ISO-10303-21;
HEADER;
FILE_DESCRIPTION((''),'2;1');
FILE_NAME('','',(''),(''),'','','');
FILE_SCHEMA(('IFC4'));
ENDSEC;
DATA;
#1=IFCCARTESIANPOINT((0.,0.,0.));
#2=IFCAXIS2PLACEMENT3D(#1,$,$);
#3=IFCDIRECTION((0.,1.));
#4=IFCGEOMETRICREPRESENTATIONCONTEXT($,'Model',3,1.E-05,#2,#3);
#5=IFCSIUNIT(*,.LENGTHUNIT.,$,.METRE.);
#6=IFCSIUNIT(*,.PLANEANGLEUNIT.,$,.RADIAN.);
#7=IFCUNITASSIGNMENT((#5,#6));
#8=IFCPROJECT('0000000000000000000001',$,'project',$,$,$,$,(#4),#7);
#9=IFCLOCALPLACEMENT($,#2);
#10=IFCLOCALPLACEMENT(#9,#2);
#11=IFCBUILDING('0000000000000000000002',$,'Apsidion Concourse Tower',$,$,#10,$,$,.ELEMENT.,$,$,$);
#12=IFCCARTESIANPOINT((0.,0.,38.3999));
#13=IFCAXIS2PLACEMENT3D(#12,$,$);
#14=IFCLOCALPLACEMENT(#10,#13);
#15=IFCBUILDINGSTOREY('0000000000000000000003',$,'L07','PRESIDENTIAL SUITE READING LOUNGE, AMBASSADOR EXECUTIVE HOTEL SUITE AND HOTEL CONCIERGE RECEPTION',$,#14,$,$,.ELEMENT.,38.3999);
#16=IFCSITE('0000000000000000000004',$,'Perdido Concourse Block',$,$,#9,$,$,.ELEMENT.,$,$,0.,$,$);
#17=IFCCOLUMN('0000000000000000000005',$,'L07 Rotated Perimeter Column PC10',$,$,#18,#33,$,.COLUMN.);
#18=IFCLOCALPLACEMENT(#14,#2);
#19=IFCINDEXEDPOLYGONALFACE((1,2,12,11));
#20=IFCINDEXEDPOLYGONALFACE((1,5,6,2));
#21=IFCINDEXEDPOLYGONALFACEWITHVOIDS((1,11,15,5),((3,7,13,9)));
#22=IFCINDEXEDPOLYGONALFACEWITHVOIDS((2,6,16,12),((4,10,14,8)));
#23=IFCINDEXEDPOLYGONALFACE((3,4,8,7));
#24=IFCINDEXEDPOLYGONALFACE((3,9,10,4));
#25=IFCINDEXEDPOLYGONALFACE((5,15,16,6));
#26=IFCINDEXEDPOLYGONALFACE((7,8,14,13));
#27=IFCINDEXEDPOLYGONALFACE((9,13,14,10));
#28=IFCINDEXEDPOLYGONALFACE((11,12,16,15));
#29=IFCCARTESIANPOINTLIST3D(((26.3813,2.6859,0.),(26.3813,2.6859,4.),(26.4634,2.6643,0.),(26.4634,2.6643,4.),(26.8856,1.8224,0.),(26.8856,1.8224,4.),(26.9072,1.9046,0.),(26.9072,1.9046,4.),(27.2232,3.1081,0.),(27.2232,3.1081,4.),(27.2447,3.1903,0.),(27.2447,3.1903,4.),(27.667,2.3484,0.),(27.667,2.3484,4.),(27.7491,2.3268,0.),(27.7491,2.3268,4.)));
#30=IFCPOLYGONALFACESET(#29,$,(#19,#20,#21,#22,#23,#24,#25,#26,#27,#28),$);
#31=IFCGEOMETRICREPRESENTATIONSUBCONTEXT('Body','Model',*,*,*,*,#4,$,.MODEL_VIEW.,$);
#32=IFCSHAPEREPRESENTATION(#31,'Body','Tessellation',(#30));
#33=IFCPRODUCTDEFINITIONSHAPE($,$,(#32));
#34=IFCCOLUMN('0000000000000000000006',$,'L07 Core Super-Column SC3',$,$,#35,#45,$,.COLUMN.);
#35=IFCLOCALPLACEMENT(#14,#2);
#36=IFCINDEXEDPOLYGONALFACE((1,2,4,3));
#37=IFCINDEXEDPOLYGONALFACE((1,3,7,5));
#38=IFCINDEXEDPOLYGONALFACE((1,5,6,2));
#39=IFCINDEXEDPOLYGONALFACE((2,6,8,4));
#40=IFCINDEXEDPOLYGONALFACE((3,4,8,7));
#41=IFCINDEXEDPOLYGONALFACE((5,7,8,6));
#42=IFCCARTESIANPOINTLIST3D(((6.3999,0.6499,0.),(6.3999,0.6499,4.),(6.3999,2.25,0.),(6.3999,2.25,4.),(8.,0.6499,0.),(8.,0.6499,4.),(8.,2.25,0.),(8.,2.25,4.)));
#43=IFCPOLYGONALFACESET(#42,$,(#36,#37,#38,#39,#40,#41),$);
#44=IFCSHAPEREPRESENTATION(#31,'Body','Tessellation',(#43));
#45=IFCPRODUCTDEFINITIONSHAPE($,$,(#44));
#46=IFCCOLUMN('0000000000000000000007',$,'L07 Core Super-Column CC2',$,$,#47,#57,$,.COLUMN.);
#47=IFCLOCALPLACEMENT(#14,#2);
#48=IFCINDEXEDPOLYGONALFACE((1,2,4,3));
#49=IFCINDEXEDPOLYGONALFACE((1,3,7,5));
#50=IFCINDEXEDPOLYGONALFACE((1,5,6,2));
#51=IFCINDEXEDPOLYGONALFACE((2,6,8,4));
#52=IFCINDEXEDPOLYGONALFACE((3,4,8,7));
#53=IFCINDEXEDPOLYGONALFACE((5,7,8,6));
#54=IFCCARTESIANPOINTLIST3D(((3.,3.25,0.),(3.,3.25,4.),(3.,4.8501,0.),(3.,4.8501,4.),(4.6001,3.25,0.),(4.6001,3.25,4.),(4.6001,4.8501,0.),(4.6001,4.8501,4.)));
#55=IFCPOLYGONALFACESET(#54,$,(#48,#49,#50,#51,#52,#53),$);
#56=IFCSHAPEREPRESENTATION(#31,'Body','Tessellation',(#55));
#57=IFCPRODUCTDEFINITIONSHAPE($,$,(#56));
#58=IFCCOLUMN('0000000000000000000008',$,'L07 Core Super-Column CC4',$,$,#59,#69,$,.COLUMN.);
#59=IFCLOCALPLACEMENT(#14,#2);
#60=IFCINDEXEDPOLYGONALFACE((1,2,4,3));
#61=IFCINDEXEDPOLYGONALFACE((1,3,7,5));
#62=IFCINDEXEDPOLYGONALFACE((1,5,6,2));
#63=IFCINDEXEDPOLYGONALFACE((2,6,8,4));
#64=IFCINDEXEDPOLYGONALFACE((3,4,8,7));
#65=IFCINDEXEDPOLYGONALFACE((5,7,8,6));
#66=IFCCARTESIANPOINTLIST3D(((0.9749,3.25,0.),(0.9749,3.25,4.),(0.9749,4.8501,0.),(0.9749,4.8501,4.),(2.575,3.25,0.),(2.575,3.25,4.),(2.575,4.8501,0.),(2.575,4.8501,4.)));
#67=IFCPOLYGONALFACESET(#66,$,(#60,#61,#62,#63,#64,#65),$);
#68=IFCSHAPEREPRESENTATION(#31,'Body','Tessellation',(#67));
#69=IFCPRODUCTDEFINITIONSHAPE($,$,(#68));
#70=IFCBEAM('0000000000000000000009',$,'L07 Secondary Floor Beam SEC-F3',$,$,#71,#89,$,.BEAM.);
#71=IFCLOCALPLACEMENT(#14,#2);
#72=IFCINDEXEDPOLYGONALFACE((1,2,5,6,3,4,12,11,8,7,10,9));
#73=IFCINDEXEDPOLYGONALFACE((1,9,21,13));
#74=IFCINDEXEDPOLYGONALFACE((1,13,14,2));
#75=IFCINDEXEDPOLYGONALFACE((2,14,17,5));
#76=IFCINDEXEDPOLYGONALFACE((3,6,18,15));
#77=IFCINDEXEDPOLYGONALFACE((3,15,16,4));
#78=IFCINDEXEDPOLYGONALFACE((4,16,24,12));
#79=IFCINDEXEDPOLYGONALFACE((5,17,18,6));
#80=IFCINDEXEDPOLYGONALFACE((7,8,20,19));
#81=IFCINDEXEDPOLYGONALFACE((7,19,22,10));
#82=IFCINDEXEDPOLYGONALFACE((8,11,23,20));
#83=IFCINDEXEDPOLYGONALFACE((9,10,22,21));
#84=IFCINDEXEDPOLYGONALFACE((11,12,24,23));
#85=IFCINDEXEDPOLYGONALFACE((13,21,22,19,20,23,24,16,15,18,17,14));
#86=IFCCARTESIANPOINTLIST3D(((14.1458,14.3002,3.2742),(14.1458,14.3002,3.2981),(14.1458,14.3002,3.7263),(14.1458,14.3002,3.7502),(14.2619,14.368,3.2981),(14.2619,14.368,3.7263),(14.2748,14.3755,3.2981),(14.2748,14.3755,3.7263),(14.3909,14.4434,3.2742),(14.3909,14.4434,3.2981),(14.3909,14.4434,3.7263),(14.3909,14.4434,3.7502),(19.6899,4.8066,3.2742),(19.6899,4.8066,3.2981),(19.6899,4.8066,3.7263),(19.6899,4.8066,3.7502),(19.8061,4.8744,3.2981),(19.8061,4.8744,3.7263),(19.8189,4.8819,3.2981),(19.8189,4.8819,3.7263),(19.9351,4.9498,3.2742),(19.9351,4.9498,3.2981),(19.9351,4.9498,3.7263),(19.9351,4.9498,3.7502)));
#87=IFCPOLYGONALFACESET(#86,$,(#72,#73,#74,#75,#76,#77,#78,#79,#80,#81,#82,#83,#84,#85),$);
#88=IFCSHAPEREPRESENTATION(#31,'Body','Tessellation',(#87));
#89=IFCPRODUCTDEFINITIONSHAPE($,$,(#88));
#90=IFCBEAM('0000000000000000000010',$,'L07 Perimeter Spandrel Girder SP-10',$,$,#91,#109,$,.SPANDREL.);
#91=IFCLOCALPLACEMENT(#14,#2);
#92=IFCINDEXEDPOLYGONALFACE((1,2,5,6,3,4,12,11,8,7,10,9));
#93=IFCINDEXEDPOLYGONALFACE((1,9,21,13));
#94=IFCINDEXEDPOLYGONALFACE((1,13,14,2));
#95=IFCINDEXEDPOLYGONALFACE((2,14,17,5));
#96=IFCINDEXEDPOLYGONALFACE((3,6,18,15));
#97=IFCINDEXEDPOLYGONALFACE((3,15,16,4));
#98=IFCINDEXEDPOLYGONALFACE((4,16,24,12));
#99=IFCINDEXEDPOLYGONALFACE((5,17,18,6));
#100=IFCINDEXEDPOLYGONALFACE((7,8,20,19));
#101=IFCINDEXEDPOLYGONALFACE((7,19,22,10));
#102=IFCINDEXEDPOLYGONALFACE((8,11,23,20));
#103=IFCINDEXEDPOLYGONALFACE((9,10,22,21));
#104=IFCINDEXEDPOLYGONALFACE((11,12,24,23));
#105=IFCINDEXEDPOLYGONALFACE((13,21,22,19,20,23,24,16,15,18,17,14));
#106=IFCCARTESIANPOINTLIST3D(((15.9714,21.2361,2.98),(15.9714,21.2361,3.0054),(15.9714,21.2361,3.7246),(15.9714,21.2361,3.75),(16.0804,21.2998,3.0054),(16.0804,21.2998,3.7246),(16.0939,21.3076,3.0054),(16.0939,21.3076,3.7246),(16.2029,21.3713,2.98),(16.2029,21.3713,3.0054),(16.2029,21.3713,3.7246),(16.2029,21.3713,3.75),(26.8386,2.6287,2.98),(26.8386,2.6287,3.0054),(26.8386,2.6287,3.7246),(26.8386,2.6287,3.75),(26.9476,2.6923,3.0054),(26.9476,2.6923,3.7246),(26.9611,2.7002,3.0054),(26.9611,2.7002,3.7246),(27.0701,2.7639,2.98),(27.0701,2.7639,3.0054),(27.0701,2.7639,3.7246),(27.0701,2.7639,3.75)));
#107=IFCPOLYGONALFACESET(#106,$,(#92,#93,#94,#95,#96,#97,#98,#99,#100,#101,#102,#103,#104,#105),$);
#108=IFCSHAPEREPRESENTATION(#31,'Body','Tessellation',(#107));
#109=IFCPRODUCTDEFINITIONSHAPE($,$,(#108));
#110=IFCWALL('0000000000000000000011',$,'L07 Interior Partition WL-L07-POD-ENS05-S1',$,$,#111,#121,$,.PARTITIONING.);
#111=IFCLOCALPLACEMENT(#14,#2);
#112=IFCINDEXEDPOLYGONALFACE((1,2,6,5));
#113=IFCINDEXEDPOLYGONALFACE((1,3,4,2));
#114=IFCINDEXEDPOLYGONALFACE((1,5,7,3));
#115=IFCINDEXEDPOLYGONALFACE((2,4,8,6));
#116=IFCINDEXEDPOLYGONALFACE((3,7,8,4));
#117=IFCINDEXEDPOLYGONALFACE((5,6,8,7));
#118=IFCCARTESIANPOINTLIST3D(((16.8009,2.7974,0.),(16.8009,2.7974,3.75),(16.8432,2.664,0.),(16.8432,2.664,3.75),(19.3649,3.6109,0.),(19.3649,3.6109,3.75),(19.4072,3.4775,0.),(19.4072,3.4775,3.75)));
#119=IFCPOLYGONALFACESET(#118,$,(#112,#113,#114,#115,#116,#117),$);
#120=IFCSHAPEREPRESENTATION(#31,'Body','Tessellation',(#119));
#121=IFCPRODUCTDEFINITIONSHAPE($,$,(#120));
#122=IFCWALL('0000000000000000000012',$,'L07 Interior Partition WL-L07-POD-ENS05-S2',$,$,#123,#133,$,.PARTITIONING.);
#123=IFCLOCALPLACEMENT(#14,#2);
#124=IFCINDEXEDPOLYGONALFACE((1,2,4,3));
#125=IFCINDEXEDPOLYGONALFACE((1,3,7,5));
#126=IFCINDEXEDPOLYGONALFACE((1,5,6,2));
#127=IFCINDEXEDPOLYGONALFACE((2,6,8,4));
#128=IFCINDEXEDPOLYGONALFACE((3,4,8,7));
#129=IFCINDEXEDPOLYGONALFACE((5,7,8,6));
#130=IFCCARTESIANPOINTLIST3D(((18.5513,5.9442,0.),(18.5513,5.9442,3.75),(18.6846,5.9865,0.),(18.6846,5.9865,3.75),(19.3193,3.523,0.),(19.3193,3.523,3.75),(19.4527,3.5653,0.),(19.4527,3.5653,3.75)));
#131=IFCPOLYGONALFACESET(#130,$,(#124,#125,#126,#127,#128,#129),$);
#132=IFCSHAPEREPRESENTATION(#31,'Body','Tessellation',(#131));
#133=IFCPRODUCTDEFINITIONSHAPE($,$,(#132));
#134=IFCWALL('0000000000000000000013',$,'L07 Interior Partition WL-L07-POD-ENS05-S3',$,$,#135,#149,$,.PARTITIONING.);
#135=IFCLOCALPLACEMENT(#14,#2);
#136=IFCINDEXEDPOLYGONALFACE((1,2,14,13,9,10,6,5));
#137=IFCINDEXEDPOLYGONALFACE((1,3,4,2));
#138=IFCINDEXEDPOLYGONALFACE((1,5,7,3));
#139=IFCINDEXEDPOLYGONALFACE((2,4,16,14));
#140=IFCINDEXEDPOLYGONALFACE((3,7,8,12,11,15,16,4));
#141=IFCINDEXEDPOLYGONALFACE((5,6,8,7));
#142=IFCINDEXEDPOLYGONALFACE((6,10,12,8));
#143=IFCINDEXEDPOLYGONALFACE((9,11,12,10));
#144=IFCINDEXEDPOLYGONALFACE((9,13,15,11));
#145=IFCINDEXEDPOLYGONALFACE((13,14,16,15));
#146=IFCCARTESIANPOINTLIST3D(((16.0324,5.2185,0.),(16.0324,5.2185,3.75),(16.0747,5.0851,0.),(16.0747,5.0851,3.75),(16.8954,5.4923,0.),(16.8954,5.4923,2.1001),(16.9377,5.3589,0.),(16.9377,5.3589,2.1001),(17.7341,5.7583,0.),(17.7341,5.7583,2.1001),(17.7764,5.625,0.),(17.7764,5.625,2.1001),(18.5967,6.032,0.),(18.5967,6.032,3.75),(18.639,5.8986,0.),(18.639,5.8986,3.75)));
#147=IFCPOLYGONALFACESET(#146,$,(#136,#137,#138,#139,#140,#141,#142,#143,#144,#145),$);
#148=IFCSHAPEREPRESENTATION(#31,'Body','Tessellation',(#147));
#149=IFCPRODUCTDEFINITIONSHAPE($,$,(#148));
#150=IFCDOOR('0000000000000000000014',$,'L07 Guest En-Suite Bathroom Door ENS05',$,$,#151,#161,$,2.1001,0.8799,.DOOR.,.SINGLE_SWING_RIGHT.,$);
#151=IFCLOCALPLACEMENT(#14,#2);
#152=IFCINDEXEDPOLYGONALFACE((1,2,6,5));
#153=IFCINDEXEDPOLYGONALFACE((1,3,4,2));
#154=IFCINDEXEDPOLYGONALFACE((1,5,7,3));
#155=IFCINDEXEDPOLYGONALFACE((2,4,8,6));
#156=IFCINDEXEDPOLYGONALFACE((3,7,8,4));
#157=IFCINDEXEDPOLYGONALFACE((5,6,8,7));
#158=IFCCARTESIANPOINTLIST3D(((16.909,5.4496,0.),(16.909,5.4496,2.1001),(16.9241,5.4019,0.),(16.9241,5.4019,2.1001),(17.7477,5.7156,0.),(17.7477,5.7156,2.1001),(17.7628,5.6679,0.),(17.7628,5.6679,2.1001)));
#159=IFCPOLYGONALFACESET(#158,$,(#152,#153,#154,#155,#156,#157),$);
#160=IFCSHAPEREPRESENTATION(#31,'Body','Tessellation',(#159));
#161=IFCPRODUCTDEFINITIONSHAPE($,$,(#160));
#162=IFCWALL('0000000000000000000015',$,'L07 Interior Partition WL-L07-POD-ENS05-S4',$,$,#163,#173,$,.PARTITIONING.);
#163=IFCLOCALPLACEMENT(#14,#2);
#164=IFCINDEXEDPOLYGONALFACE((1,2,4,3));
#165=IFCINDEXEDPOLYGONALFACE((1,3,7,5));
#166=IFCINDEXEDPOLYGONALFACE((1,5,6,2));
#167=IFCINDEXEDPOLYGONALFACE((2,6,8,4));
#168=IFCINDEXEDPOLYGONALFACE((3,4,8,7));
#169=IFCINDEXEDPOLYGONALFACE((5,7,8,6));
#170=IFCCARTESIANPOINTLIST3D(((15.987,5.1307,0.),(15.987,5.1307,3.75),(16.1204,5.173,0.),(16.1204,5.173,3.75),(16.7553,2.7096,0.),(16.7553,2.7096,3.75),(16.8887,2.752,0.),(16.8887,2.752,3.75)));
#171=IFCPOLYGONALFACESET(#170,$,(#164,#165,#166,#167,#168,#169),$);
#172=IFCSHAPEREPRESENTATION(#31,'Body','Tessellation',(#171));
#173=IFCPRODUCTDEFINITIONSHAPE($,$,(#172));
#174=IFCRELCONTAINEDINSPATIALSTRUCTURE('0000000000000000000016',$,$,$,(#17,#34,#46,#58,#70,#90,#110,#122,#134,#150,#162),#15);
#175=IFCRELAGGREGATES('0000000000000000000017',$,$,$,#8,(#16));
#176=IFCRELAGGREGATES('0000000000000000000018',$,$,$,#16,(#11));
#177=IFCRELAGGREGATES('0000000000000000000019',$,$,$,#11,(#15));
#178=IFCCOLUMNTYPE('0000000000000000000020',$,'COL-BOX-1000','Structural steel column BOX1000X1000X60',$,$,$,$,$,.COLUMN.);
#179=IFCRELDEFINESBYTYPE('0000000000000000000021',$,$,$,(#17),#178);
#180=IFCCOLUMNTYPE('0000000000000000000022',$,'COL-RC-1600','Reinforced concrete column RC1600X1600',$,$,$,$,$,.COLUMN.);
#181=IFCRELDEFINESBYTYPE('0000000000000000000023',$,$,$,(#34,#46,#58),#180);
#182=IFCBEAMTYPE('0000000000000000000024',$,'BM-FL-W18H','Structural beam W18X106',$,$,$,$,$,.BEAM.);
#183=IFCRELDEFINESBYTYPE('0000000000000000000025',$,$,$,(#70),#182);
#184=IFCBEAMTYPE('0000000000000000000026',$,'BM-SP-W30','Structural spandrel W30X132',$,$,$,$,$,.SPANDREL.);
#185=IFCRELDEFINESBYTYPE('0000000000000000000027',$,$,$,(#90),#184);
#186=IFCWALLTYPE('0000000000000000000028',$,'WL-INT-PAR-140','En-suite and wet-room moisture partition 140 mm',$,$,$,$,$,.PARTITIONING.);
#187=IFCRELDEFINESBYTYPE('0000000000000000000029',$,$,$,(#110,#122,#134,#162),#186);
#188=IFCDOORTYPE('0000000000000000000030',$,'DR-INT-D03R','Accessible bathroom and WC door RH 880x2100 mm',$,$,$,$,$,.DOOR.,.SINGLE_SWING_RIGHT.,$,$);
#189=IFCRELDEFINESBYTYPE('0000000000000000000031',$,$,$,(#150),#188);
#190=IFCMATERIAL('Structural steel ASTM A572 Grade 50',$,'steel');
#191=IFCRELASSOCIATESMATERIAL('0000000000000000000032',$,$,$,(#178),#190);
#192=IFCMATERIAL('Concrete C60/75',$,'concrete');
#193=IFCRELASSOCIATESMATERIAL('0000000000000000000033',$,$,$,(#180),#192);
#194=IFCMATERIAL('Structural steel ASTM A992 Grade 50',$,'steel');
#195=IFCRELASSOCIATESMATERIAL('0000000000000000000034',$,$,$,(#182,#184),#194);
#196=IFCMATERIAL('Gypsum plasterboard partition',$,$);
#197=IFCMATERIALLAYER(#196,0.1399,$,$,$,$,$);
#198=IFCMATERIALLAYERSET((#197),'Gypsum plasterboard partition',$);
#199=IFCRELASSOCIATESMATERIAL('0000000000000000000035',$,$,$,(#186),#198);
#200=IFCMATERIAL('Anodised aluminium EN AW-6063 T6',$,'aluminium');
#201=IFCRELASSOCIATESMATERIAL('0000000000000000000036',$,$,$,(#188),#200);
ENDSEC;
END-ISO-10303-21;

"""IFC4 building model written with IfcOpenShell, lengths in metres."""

from ifc_helpers import new_model, si_unit, direction, frame, frame_2d, origin, origin_2d, place, context, subcontext, project, spatial, rectangle, hollow_rectangle, i_section, extrude, material, layer, layer_set, material_profile, profile_set, type_object, element, fill, save


model = new_model("IFC4")

# Units and contexts
model_context = context("Model", 3, precision=1e-05, world=origin(), true_north=direction((0.0, 1.0)))
body_context = subcontext(model_context, "Body", "Model", "MODEL_VIEW")
ifc_project = project(units=[si_unit("LENGTHUNIT", "METRE"), si_unit("PLANEANGLEUNIT", "RADIAN")], contexts=[model_context])

# Site, building, storey
site_placement = place(None, origin())
site = spatial("IfcSite", under=ifc_project, at=site_placement, Name="Perdido Concourse Block", CompositionType="ELEMENT", RefElevation=0.0)
building_placement = place(site_placement, origin())
building = spatial("IfcBuilding", under=site, at=building_placement, Name="Apsidion Concourse Tower", CompositionType="ELEMENT")
storey_placement = place(building_placement, frame((0.0, 0.0, 38.3999)))
storey = spatial("IfcBuildingStorey", under=building, at=storey_placement, Name="L07", Description="PRESIDENTIAL SUITE READING LOUNGE, AMBASSADOR EXECUTIVE HOTEL SUITE AND HOTEL CONCIERGE RECEPTION", CompositionType="ELEMENT", Elevation=38.3999)

# Columns
ifc_material_1 = material(Name="Structural steel ASTM A572 Grade 50", Category="steel")
ifc_material_profile_1 = material_profile(ifc_material_1, hollow_rectangle(XDim=1.0, YDim=1.0, WallThickness=0.0601, at=origin_2d()), Name="BOX1000X1000X60")
ifc_profile_set_1 = profile_set([ifc_material_profile_1], Name="Structural steel ASTM A572 Grade 50")
column_type_1 = type_object("IfcColumnType", Name="COL-BOX-1000", Description="Structural steel column BOX1000X1000X60", PredefinedType="COLUMN", material=ifc_profile_set_1)
column_placement = place(storey_placement, frame((27.0652, 2.5063, 0.0), z_axis=(0.0, 0.0, 1.0), x_axis=(-0.504377, 0.863484, 0.0)))
element("IfcColumn", 1, at=column_placement, inside=storey, type_object=column_type_1, Name="L07 Rotated Perimeter Column PC10", PredefinedType="COLUMN", context=body_context, shape_type="SweptSolid", body=[
    extrude(hollow_rectangle(XDim=1.0, YDim=1.0, WallThickness=0.0601, at=origin_2d()), origin(), (0.0, 0.0, 1.0), 4.0),
])
ifc_material_2 = material(Name="Concrete C60/75", Category="concrete")
ifc_material_profile_2 = material_profile(ifc_material_2, rectangle(XDim=1.6001, YDim=1.6001, at=origin_2d()), Name="RC 1600x1600")
ifc_profile_set_2 = profile_set([ifc_material_profile_2], Name="Concrete C60/75")
column_type_2 = type_object("IfcColumnType", Name="COL-RC-1600", Description="Reinforced concrete column RC1600X1600", PredefinedType="COLUMN", material=ifc_profile_set_2)
for number, where, z_axis, x_axis, name in (
    (2, (7.2, 1.45, 0.0), (0.0, 0.0, 1.0), (1.0, 0.0, 0.0), "L07 Core Super-Column SC3"),
    (3, (3.8, 4.05, 0.0), (0.0, 0.0, 1.0), (1.0, 0.0, 0.0), "L07 Core Super-Column CC2"),
    (4, (1.7749, 4.05, 0.0), (0.0, 0.0, 1.0), (1.0, 0.0, 0.0), "L07 Core Super-Column CC4"),
):
    element("IfcColumn", number, at=place(storey_placement, frame(where, z_axis=z_axis, x_axis=x_axis)), inside=storey, type_object=column_type_2, Name=name, PredefinedType="COLUMN", context=body_context, shape_type="SweptSolid", body=[
        extrude(rectangle(XDim=1.6001, YDim=1.6001, at=origin_2d()), origin(), (0.0, 0.0, 1.0), 4.0),
    ])

# Beams
ifc_material_3 = material(Name="Structural steel ASTM A992 Grade 50", Category="steel")
ifc_material_profile_3 = material_profile(ifc_material_3, i_section(OverallWidth=0.2839, OverallDepth=0.4761, WebThickness=0.0149, FlangeThickness=0.0239, at=origin_2d()), Name="W18X106")
ifc_profile_set_3 = profile_set([ifc_material_profile_3], Name="Structural steel ASTM A992 Grade 50")
beam_type_1 = type_object("IfcBeamType", Name="BM-FL-W18H", Description="Structural beam W18X106", PredefinedType="BEAM", material=ifc_profile_set_3)
beam_1_placement = place(storey_placement, frame((19.8125, 4.8782, 3.5122), z_axis=(-0.504293, 0.863532, 0.0), x_axis=(-0.863532, -0.504293, 0.0)))
element("IfcBeam", 5, at=beam_1_placement, inside=storey, type_object=beam_type_1, Name="L07 Secondary Floor Beam SEC-F3", PredefinedType="BEAM", context=body_context, shape_type="SweptSolid", body=[
    extrude(i_section(OverallWidth=0.2839, OverallDepth=0.4761, WebThickness=0.0149, FlangeThickness=0.0239, at=origin_2d()), origin(), (0.0, 0.0, 1.0), 10.9939),
])
ifc_material_profile_4 = material_profile(ifc_material_3, i_section(OverallWidth=0.2681, OverallDepth=0.77, WebThickness=0.0156, FlangeThickness=0.0254, at=origin_2d()), Name="W30X132")
ifc_profile_set_4 = profile_set([ifc_material_profile_4], Name="Structural steel ASTM A992 Grade 50")
beam_type_2 = type_object("IfcBeamType", Name="BM-SP-W30", Description="Structural spandrel W30X132", PredefinedType="SPANDREL", material=ifc_profile_set_4)
beam_2_placement = place(storey_placement, frame((26.9543, 2.6963, 3.365), z_axis=(-0.504316, 0.863519, 0.0), x_axis=(-0.863519, -0.504316, 0.0)))
element("IfcBeam", 6, at=beam_2_placement, inside=storey, type_object=beam_type_2, Name="L07 Perimeter Spandrel Girder SP-10", PredefinedType="SPANDREL", context=body_context, shape_type="SweptSolid", body=[
    extrude(i_section(OverallWidth=0.2681, OverallDepth=0.77, WebThickness=0.0156, FlangeThickness=0.0254, at=origin_2d()), origin(), (0.0, 0.0, 1.0), 21.5483),
])

# Walls
ifc_material_4 = material(Name="Gypsum plasterboard partition")
ifc_layer_1 = layer(ifc_material_4, 0.1399)
ifc_layer_set_1 = layer_set([ifc_layer_1], Name="Gypsum plasterboard partition")
wall_type_1 = type_object("IfcWallType", Name="WL-INT-PAR-140", Description="En-suite and wet-room moisture partition 140 mm", PredefinedType="PARTITIONING", material=ifc_layer_set_1)
wall_1_placement = place(storey_placement, frame((16.822, 2.7307, 0.0), z_axis=(0.0, 0.0, 1.0), x_axis=(0.953176, 0.302417, 0.0)))
element("IfcWall", 7, at=wall_1_placement, inside=storey, type_object=wall_type_1, Name="L07 Interior Partition WL-L07-POD-ENS05-S1", PredefinedType="PARTITIONING", context=body_context, shape_type="SweptSolid", body=[
    extrude(rectangle(XDim=2.6899, YDim=0.1399, at=frame_2d((1.345, 0.0))), origin(), (0.0, 0.0, 1.0), 3.75),
])
wall_2_placement = place(storey_placement, frame((19.386, 3.5442, 0.0), z_axis=(0.0, 0.0, 1.0), x_axis=(-0.302382, 0.953187, 0.0)))
element("IfcWall", 8, at=wall_2_placement, inside=storey, type_object=wall_type_1, Name="L07 Interior Partition WL-L07-POD-ENS05-S2", PredefinedType="PARTITIONING", context=body_context, shape_type="SweptSolid", body=[
    extrude(rectangle(XDim=2.54, YDim=0.1399, at=frame_2d((1.27, 0.0))), origin(), (0.0, 0.0, 1.0), 3.75),
])

# Wall, opening, door
wall_3_placement = place(storey_placement, frame((18.6179, 5.9653, 0.0), z_axis=(0.0, 0.0, 1.0), x_axis=(-0.953184, -0.302391, 0.0)))
wall_3 = element("IfcWall", 9, at=wall_3_placement, inside=storey, type_object=wall_type_1, Name="L07 Interior Partition WL-L07-POD-ENS05-S3", PredefinedType="PARTITIONING", context=body_context, shape_type="SweptSolid", body=[
    extrude(rectangle(XDim=2.6902, YDim=0.1399, at=frame_2d((1.3452, 0.0))), origin(), (0.0, 0.0, 1.0), 3.75),
])
opening_placement = place(wall_3_placement, frame((0.905, 0.0, 0.0)))
opening = element("IfcOpeningElement", 10, at=opening_placement, cuts=wall_3, PredefinedType="OPENING", context=body_context, shape_type="SweptSolid", body=[
    extrude(rectangle(XDim=0.8799, YDim=2.1001, at=frame_2d((0.4399, 1.05))), frame((0.0, 0.0801, 0.0), z_axis=(0.0, -1.0, 0.0), x_axis=(1.0, 0.0, 0.0)), (0.0, 0.0, 1.0), 0.1599),
])
ifc_material_5 = material(Name="Anodised aluminium EN AW-6063 T6", Category="aluminium")
door_type = type_object("IfcDoorType", Name="DR-INT-D03R", Description="Accessible bathroom and WC door RH 880x2100 mm", OperationType="SINGLE_SWING_RIGHT", PredefinedType="DOOR", material=ifc_material_5)
door_placement = place(opening_placement, origin())
door = element("IfcDoor", 11, at=door_placement, inside=storey, type_object=door_type, Name="L07 Guest En-Suite Bathroom Door ENS05", OperationType="SINGLE_SWING_RIGHT", OverallHeight=2.1001, OverallWidth=0.8799, PredefinedType="DOOR", context=body_context, shape_type="SweptSolid", body=[
    extrude(rectangle(XDim=0.8799, YDim=2.1001, at=frame_2d((0.4399, 1.05))), frame((0.0, 0.0249, 0.0), z_axis=(0.0, -1.0, 0.0), x_axis=(1.0, 0.0, 0.0)), (0.0, 0.0, 1.0), 0.05),
])
fill(opening, door)

# Wall
wall_4_placement = place(storey_placement, frame((16.0537, 5.1519, 0.0), z_axis=(0.0, 0.0, 1.0), x_axis=(0.30247, -0.953159, 0.0)))
element("IfcWall", 12, at=wall_4_placement, inside=storey, type_object=wall_type_1, Name="L07 Interior Partition WL-L07-POD-ENS05-S4", PredefinedType="PARTITIONING", context=body_context, shape_type="SweptSolid", body=[
    extrude(rectangle(XDim=2.54, YDim=0.1399, at=frame_2d((1.27, 0.0))), origin(), (0.0, 0.0, 1.0), 3.75),
])

save(model, "model.ifc")
